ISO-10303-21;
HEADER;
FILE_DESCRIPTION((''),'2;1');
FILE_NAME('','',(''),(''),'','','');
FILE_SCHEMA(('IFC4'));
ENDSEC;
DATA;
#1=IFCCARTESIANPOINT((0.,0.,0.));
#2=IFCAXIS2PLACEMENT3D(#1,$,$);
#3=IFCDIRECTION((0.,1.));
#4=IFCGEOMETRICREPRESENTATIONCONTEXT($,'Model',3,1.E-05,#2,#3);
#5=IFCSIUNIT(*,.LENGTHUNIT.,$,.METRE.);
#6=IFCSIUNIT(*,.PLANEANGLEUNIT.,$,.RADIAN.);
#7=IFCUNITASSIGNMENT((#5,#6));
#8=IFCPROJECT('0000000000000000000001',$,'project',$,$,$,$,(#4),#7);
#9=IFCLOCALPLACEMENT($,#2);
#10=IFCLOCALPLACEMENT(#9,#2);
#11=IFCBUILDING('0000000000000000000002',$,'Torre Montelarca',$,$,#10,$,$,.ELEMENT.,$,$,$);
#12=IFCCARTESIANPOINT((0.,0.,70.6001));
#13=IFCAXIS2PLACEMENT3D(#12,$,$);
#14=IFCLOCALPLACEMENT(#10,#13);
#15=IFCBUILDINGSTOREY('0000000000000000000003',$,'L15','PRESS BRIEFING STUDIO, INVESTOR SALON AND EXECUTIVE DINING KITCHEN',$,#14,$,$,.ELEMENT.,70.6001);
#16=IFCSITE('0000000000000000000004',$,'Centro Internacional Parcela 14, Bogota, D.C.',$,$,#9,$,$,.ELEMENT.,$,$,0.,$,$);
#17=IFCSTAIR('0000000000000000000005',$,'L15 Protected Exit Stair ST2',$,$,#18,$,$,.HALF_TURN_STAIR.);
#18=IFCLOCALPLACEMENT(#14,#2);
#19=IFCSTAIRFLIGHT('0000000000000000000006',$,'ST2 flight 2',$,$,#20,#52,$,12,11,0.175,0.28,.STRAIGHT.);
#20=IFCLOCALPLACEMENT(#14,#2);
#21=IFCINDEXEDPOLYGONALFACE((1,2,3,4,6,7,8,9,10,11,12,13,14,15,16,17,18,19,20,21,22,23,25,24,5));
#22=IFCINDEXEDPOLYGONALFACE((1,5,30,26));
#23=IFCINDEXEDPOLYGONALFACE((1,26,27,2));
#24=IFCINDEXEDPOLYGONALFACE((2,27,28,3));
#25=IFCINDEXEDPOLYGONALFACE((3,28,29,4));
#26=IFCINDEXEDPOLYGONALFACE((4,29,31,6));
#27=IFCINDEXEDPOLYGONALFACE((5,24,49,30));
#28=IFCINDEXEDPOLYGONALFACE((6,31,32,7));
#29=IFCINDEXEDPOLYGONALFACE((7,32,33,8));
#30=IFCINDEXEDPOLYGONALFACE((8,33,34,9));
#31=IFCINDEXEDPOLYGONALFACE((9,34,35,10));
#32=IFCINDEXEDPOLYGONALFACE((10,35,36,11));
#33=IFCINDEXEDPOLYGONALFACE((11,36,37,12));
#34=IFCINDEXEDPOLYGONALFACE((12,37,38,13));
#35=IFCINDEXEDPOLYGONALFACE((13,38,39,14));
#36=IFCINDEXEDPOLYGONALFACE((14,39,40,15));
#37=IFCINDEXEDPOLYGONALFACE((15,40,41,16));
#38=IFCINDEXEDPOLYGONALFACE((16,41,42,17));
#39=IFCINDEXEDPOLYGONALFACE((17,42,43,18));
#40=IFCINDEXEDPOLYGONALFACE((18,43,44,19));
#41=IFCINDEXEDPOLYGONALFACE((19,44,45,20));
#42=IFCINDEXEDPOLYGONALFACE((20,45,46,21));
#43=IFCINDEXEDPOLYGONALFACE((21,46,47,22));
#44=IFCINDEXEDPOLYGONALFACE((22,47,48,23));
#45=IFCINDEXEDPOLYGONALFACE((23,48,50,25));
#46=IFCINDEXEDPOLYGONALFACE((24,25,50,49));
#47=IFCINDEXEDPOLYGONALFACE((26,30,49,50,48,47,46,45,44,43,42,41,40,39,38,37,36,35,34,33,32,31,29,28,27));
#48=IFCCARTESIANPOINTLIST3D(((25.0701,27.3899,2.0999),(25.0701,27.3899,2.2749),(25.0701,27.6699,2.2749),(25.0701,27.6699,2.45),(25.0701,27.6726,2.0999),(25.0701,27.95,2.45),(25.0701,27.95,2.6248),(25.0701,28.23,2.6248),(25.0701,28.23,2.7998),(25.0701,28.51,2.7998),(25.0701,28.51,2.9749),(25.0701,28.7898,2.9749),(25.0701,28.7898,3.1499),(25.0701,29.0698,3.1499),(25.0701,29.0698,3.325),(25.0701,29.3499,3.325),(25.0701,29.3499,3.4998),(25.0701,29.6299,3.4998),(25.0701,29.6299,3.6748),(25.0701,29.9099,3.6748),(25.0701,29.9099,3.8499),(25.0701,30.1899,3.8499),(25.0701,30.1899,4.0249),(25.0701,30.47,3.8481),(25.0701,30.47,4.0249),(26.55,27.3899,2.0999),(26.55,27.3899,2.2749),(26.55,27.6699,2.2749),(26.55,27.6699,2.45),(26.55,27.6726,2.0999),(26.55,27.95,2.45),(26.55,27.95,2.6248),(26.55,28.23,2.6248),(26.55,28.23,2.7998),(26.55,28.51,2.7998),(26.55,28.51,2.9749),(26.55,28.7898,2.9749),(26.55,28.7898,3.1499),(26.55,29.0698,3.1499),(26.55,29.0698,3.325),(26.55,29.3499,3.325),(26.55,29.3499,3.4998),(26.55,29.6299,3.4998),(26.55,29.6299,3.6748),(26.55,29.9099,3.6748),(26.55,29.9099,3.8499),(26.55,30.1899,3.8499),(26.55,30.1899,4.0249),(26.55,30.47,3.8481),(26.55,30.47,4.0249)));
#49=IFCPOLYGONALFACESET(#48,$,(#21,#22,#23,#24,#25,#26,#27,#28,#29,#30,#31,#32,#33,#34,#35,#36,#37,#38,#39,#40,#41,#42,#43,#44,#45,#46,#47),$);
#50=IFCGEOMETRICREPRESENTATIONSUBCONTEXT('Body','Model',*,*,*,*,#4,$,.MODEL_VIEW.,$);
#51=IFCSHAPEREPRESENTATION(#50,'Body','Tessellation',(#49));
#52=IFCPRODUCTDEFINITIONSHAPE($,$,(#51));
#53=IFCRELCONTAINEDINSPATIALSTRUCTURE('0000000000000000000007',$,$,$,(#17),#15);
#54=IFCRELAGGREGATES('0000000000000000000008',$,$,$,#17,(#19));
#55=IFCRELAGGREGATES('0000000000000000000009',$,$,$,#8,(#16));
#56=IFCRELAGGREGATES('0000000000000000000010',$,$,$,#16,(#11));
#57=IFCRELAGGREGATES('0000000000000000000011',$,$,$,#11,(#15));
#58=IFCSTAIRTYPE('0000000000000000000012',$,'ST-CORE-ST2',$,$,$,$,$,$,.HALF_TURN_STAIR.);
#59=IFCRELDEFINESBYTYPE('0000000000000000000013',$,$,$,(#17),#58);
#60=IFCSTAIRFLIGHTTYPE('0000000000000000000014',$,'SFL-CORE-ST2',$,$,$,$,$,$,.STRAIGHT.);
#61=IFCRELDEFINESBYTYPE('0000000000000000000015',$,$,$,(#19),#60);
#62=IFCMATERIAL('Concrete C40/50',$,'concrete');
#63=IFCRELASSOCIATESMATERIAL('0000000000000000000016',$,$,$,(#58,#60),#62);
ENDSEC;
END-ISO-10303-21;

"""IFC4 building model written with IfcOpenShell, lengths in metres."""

from ifc_helpers import new_model, si_unit, direction, frame, origin, place, context, subcontext, project, spatial, polyline, outline, extrude, material, type_object, element, aggregate, save


model = new_model("IFC4")

# Units and contexts
model_context = context("Model", 3, precision=1e-05, world=origin(), true_north=direction((0.0, 1.0)))
body_context = subcontext(model_context, "Body", "Model", "MODEL_VIEW")
ifc_project = project(units=[si_unit("LENGTHUNIT", "METRE"), si_unit("PLANEANGLEUNIT", "RADIAN")], contexts=[model_context])

# Site, building, storey
site_placement = place(None, origin())
site = spatial("IfcSite", under=ifc_project, at=site_placement, Name="Centro Internacional Parcela 14, Bogota, D.C.", CompositionType="ELEMENT", RefElevation=0.0)
building_placement = place(site_placement, origin())
building = spatial("IfcBuilding", under=site, at=building_placement, Name="Torre Montelarca", CompositionType="ELEMENT")
storey_placement = place(building_placement, frame((0.0, 0.0, 70.6001)))
storey = spatial("IfcBuildingStorey", under=building, at=storey_placement, Name="L15", Description="PRESS BRIEFING STUDIO, INVESTOR SALON AND EXECUTIVE DINING KITCHEN", CompositionType="ELEMENT", Elevation=70.6001)

# Stair, stair flight
ifc_material_1 = material(Name="Concrete C40/50", Category="concrete")
stair_type = type_object("IfcStairType", Name="ST-CORE-ST2", PredefinedType="HALF_TURN_STAIR", material=ifc_material_1)
stair_placement = place(storey_placement, origin())
stair = element("IfcStair", 1, at=stair_placement, inside=storey, type_object=stair_type, Name="L15 Protected Exit Stair ST2", PredefinedType="HALF_TURN_STAIR")
stair_flight_type = type_object("IfcStairFlightType", Name="SFL-CORE-ST2", PredefinedType="STRAIGHT", material=ifc_material_1)
stair_flight_1_placement = place(storey_placement, frame((25.8101, 27.3899, 2.0999), z_axis=(0.0, 0.0, 1.0), x_axis=(0.0, 1.0, 0.0)))
stair_flight_1 = element("IfcStairFlight", 2, at=stair_flight_1_placement, type_object=stair_flight_type, Name="ST2 flight 2", NumberOfRisers=12, NumberOfTreads=11, PredefinedType="STRAIGHT", RiserHeight=0.175, TreadLength=0.28, context=body_context, shape_type="SweptSolid", body=[
    extrude(outline(polyline([(0.0, 0.0), (0.0, 0.175), (0.28, 0.175), (0.28, 0.3501), (0.5601, 0.3501), (0.5601, 0.5249), (0.8401, 0.5249), (0.8401, 0.7), (1.1201, 0.7), (1.1201, 0.875), (1.3999, 0.875), (1.3999, 1.05), (1.6799, 1.05), (1.6799, 1.2251), (1.96, 1.2251), (1.96, 1.3999), (2.24, 1.3999), (2.24, 1.575), (2.52, 1.575), (2.52, 1.75), (2.8, 1.75), (2.8, 1.925), (3.0801, 1.925), (3.0801, 2.1001), (3.0801, 1.7483), (0.2827, 0.0), (0.0, 0.0)])), frame((0.0, 0.74, 0.0), z_axis=(0.0, -1.0, 0.0), x_axis=(1.0, 0.0, 0.0)), (0.0, 0.0, 1.0), 1.48),
])
aggregate(stair, [stair_flight_1])

save(model, "model.ifc")
